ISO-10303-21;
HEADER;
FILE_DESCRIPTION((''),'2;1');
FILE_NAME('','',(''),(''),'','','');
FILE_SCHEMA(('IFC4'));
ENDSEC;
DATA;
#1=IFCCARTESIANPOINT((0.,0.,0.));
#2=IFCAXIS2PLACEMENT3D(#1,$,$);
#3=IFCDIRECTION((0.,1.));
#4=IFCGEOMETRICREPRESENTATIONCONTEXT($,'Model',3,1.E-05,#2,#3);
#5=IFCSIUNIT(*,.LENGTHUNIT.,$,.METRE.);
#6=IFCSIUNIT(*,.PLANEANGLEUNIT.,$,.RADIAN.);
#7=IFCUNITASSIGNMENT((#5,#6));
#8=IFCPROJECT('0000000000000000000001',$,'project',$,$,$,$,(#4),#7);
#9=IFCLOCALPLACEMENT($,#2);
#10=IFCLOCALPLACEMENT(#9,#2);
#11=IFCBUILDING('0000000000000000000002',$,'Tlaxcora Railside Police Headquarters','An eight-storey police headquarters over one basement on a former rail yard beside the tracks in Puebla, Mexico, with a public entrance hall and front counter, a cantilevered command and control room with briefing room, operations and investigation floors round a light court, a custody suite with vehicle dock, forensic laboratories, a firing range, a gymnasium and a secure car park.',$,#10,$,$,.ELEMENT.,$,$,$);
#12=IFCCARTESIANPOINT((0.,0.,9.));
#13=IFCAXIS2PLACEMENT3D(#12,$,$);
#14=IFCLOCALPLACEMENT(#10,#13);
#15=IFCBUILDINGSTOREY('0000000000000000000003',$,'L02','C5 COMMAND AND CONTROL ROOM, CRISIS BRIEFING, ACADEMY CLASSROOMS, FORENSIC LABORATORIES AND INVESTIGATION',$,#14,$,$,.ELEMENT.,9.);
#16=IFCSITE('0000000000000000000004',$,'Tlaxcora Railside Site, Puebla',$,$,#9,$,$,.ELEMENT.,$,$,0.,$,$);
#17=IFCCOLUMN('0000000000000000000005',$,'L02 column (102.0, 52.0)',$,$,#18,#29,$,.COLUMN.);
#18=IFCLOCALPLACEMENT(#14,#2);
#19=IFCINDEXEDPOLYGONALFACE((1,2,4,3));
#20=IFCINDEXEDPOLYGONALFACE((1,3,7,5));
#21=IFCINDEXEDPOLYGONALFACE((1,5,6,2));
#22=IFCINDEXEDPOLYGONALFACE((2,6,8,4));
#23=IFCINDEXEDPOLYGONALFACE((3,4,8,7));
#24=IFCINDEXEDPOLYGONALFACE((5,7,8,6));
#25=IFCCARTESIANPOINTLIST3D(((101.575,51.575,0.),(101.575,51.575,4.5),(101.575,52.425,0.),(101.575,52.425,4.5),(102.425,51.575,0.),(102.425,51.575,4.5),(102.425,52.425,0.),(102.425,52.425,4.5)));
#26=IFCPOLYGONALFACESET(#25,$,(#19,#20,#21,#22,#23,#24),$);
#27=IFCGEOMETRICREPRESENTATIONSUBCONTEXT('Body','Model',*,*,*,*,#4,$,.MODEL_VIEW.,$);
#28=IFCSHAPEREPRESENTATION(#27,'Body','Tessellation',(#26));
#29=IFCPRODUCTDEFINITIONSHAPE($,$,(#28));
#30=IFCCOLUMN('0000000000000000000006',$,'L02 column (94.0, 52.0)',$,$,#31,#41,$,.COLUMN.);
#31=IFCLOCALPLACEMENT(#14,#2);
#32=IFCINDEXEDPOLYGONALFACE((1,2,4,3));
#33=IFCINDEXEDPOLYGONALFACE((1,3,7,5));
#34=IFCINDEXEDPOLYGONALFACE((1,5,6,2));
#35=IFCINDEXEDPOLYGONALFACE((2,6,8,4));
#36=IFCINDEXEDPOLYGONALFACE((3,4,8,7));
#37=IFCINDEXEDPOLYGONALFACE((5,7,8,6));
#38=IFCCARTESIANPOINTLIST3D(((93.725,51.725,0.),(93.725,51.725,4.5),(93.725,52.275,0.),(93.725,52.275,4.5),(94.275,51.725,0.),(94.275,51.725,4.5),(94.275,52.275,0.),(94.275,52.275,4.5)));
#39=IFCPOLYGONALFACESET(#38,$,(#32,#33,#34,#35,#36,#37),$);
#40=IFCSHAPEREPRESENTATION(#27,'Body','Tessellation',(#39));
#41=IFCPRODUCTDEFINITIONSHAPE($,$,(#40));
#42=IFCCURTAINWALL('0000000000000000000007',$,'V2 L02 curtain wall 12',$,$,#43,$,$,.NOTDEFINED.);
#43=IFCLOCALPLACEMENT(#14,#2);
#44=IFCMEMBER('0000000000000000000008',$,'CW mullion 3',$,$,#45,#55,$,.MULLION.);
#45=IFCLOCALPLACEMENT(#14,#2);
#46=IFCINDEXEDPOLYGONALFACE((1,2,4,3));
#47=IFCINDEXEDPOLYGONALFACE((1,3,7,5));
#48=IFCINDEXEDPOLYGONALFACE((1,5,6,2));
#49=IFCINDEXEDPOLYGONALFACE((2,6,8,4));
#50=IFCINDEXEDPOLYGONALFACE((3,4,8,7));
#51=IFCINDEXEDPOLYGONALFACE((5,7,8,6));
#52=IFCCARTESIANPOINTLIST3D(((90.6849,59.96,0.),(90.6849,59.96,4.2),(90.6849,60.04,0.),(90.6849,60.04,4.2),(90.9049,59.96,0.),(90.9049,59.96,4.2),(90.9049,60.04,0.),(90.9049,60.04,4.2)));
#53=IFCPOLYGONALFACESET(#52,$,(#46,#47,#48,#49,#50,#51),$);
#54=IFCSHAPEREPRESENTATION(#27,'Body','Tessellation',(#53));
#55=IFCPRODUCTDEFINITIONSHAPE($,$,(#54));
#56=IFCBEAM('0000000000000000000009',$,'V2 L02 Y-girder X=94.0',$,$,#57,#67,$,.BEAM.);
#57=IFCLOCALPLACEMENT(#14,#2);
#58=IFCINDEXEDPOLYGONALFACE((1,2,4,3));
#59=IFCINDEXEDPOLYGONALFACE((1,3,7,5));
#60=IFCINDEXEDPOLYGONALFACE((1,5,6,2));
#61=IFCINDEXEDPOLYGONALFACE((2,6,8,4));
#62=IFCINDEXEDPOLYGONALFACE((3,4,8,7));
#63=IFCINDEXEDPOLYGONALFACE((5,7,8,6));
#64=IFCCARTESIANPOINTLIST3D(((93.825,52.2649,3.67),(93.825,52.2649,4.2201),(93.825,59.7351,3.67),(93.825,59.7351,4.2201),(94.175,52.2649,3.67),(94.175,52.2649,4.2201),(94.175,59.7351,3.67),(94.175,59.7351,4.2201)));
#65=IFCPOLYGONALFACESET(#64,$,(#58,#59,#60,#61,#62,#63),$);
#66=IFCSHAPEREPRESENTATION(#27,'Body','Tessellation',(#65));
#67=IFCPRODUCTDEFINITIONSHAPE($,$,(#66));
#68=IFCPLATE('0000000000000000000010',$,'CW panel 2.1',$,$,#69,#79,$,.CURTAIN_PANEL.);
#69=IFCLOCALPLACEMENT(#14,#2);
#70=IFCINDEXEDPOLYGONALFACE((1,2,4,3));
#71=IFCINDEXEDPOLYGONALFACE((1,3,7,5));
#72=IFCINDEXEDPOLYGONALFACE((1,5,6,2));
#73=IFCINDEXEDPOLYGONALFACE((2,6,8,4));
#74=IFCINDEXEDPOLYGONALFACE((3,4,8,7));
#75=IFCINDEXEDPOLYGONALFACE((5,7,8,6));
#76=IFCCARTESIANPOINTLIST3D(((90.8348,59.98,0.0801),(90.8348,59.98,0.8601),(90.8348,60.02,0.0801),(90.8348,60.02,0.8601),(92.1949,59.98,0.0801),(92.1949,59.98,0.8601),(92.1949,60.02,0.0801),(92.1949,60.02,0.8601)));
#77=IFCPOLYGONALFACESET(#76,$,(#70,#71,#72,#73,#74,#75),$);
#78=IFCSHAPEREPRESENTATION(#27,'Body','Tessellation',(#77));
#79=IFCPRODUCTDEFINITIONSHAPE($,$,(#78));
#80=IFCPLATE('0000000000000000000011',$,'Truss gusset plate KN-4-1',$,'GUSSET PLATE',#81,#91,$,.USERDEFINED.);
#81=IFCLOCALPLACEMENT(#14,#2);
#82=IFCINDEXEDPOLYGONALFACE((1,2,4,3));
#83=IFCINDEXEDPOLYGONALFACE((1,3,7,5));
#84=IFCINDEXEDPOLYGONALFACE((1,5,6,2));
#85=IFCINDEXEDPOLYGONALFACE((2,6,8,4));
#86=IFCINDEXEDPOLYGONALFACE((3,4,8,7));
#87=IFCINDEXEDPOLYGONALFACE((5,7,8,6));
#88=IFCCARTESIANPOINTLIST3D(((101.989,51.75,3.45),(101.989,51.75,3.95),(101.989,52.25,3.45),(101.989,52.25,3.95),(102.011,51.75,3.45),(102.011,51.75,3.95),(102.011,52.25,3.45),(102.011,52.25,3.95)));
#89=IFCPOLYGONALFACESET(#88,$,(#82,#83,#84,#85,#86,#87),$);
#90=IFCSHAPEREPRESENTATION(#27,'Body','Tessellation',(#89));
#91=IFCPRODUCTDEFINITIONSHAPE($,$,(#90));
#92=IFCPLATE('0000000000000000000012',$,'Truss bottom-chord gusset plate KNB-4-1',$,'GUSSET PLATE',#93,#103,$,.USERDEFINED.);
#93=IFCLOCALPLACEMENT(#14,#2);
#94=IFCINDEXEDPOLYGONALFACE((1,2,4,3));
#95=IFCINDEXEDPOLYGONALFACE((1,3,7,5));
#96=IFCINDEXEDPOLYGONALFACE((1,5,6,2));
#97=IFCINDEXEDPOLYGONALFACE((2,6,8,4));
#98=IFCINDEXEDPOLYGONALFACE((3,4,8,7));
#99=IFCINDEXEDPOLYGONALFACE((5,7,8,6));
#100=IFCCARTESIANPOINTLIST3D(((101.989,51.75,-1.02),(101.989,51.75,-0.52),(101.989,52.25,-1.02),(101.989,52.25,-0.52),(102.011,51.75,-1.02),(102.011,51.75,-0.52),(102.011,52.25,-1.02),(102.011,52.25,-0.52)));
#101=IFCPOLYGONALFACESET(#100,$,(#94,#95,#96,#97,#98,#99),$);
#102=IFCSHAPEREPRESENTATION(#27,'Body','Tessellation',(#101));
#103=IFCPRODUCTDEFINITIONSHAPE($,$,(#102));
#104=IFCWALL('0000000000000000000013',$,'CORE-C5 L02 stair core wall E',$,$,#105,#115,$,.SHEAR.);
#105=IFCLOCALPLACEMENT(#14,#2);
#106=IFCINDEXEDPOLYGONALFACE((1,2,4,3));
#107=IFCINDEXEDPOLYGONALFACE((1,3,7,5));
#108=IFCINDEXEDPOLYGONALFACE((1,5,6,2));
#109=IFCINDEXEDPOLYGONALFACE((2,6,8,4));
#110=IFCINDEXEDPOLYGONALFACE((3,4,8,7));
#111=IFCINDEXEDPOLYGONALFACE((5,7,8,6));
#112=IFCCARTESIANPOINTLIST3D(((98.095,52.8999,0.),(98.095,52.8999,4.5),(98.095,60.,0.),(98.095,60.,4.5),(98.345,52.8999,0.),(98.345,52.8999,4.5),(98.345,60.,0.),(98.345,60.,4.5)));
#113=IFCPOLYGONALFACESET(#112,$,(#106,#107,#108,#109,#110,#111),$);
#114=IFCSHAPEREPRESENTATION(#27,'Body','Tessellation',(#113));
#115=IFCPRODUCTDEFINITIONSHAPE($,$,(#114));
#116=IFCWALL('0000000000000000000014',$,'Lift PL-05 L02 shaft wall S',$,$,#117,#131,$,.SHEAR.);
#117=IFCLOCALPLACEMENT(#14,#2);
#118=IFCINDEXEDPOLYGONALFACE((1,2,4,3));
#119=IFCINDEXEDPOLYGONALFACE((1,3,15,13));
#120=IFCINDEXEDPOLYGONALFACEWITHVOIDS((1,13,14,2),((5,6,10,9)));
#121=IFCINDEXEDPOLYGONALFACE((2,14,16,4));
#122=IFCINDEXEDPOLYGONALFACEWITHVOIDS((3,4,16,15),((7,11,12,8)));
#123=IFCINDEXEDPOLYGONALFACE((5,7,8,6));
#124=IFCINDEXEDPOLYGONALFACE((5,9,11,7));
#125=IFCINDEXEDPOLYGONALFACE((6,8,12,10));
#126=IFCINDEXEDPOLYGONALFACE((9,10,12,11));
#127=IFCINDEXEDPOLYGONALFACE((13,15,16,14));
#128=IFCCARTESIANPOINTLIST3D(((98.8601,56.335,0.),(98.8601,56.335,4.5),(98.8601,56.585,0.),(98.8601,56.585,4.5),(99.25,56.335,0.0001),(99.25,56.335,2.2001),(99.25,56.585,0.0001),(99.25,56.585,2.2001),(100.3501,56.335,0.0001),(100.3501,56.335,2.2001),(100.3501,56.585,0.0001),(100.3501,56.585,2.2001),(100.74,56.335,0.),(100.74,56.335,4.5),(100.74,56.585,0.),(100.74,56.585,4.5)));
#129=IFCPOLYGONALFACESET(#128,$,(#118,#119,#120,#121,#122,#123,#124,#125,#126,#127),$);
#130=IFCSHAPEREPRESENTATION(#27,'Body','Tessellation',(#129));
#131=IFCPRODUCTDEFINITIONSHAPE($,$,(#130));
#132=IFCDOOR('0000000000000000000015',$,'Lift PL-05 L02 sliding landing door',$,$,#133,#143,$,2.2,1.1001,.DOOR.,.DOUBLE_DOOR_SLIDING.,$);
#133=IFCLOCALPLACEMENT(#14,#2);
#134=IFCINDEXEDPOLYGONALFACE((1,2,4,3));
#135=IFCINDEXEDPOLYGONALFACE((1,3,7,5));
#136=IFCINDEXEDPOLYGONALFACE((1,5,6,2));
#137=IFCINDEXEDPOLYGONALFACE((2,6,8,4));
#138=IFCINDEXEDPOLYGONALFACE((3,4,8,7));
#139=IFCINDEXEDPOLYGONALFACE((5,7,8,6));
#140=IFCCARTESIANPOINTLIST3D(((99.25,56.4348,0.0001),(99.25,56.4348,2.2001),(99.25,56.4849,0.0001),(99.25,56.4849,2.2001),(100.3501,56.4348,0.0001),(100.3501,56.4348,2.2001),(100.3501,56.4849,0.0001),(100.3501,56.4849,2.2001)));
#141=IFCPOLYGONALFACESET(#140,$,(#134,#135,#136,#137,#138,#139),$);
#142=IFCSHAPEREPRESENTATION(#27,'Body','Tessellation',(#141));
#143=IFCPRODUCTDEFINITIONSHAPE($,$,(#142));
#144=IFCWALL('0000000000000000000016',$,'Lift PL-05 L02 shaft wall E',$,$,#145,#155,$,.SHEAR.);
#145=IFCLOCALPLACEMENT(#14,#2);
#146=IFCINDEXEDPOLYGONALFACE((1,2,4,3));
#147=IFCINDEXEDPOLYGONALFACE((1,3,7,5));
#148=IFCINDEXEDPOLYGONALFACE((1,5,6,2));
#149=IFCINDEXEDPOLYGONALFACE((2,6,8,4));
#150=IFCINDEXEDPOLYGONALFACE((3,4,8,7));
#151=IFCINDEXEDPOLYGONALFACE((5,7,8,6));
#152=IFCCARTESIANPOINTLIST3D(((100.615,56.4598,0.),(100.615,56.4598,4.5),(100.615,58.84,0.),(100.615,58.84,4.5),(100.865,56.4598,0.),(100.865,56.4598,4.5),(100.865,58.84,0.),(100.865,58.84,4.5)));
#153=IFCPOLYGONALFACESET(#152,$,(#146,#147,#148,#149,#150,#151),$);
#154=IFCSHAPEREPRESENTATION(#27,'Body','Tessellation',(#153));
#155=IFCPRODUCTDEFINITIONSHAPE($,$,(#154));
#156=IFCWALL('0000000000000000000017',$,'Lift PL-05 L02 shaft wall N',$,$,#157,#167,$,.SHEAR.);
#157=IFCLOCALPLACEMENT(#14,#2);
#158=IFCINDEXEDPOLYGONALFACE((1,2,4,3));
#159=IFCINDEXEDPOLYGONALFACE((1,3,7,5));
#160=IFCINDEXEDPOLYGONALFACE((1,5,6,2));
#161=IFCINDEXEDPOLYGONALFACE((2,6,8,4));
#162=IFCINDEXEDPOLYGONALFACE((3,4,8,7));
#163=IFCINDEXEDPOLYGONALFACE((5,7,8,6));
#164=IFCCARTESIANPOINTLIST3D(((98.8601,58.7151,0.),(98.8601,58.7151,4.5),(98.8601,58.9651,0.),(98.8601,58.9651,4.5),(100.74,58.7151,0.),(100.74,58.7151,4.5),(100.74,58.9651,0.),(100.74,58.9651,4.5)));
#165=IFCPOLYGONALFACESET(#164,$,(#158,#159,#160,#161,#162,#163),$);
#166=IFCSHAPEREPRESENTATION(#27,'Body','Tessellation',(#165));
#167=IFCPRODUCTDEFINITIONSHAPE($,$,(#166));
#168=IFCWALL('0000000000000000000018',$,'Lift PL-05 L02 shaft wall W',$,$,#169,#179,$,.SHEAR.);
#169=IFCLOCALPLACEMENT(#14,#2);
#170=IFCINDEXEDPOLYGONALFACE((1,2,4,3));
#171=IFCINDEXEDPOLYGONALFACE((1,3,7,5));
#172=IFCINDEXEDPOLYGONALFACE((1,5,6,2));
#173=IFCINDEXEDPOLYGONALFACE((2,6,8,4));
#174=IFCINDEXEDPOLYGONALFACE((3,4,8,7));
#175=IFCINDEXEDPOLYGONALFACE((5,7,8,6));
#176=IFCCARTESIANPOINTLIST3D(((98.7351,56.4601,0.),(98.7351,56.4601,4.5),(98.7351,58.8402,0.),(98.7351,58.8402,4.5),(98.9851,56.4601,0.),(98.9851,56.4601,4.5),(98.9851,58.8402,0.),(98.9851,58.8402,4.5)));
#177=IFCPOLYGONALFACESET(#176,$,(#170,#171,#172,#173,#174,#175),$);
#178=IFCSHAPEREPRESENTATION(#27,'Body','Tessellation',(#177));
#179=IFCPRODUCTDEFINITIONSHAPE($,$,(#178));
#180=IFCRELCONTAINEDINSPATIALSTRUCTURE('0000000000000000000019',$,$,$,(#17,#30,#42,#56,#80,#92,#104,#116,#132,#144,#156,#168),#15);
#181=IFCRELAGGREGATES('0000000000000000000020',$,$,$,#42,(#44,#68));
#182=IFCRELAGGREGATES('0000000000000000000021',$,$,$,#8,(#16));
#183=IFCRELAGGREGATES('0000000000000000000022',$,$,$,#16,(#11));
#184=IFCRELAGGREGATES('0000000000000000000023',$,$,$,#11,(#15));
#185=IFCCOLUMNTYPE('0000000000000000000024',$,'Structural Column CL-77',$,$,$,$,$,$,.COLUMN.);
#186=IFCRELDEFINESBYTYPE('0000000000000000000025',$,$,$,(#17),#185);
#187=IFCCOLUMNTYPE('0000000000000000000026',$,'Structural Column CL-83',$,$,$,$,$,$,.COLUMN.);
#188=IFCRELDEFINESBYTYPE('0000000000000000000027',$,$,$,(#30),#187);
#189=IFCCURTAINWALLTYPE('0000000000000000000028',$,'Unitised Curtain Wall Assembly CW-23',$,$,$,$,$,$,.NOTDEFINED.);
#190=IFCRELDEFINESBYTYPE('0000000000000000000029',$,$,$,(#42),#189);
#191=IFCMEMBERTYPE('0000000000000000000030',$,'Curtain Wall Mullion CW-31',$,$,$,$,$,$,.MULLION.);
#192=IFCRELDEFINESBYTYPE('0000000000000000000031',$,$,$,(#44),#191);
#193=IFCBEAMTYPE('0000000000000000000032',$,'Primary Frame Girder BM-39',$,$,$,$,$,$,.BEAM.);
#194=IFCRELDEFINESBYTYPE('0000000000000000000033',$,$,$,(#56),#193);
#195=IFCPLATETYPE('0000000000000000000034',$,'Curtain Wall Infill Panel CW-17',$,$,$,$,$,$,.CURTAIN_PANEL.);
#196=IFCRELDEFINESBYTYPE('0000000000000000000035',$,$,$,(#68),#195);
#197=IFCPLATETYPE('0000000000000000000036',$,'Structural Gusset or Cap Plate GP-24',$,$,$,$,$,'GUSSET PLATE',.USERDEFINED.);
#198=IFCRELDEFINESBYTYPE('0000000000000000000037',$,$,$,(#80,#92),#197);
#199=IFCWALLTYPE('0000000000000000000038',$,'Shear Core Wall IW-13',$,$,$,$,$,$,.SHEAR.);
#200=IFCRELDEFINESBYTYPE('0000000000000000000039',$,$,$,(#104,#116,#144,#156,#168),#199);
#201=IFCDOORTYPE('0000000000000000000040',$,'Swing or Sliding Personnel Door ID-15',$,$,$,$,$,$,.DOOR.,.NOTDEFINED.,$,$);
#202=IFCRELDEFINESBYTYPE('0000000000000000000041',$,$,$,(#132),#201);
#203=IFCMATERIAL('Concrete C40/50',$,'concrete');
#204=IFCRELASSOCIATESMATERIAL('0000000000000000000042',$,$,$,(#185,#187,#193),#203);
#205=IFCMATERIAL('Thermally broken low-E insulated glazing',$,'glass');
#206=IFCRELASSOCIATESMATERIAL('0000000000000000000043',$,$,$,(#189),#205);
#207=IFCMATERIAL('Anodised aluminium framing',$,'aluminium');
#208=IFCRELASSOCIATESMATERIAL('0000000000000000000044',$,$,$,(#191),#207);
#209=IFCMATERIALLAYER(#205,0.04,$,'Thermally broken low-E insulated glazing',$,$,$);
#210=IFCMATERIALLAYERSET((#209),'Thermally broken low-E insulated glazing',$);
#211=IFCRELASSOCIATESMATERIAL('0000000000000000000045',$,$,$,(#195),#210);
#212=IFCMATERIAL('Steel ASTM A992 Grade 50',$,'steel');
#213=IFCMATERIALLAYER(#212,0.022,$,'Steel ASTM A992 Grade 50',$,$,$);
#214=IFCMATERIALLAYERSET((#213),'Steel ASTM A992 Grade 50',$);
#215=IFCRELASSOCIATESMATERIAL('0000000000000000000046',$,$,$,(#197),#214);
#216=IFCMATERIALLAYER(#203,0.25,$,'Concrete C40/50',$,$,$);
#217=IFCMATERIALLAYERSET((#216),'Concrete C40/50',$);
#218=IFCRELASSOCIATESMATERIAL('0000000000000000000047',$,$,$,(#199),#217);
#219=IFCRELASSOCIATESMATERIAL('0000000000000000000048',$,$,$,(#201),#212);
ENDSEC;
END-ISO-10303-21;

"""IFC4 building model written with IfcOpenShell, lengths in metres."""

from ifc_helpers import new_model, si_unit, direction, frame, frame_2d, origin, origin_2d, place, context, subcontext, project, spatial, rectangle, extrude, material, layer, layer_set, material_profile, profile_set, type_object, element, fill, aggregate, save


model = new_model("IFC4")

# Units and contexts
model_context = context("Model", 3, precision=1e-05, world=origin(), true_north=direction((0.0, 1.0)))
body_context = subcontext(model_context, "Body", "Model", "MODEL_VIEW")
ifc_project = project(units=[si_unit("LENGTHUNIT", "METRE"), si_unit("PLANEANGLEUNIT", "RADIAN")], contexts=[model_context])

# Site, building, storey
site_placement = place(None, origin())
site = spatial("IfcSite", under=ifc_project, at=site_placement, Name="Tlaxcora Railside Site, Puebla", CompositionType="ELEMENT", RefElevation=0.0)
building_placement = place(site_placement, origin())
building = spatial("IfcBuilding", under=site, at=building_placement, Name="Tlaxcora Railside Police Headquarters", Description="An eight-storey police headquarters over one basement on a former rail yard beside the tracks in Puebla, Mexico, with a public entrance hall and front counter, a cantilevered command and control room with briefing room, operations and investigation floors round a light court, a custody suite with vehicle dock, forensic laboratories, a firing range, a gymnasium and a secure car park.", CompositionType="ELEMENT")
storey_placement = place(building_placement, frame((0.0, 0.0, 9.0)))
storey = spatial("IfcBuildingStorey", under=building, at=storey_placement, Name="L02", Description="C5 COMMAND AND CONTROL ROOM, CRISIS BRIEFING, ACADEMY CLASSROOMS, FORENSIC LABORATORIES AND INVESTIGATION", CompositionType="ELEMENT", Elevation=9.0)

# Columns
ifc_material_1 = material(Name="Concrete C40/50", Category="concrete")
ifc_material_profile_1 = material_profile(ifc_material_1, rectangle(XDim=0.8501, YDim=0.8501, at=origin_2d()), Name="RC850X850")
ifc_profile_set_1 = profile_set([ifc_material_profile_1], Name="Concrete C40/50")
column_type_1 = type_object("IfcColumnType", Name="Structural Column CL-77", PredefinedType="COLUMN", material=ifc_profile_set_1)
column_1_placement = place(storey_placement, frame((102.0, 52.0, 0.0), z_axis=(0.0, 0.0, 1.0), x_axis=(1.0, 0.0, 0.0)))
element("IfcColumn", 1, at=column_1_placement, inside=storey, type_object=column_type_1, Name="L02 column (102.0, 52.0)", PredefinedType="COLUMN", context=body_context, shape_type="SweptSolid", body=[
    extrude(rectangle(XDim=0.8501, YDim=0.8501, at=origin_2d()), origin(), (0.0, 0.0, 1.0), 4.5),
])
ifc_material_profile_2 = material_profile(ifc_material_1, rectangle(XDim=0.55, YDim=0.55, at=origin_2d()), Name="RC550X550")
ifc_profile_set_2 = profile_set([ifc_material_profile_2], Name="Concrete C40/50")
column_type_2 = type_object("IfcColumnType", Name="Structural Column CL-83", PredefinedType="COLUMN", material=ifc_profile_set_2)
column_2_placement = place(storey_placement, frame((94.0, 52.0, 0.0), z_axis=(0.0, 0.0, 1.0), x_axis=(1.0, 0.0, 0.0)))
element("IfcColumn", 2, at=column_2_placement, inside=storey, type_object=column_type_2, Name="L02 column (94.0, 52.0)", PredefinedType="COLUMN", context=body_context, shape_type="SweptSolid", body=[
    extrude(rectangle(XDim=0.55, YDim=0.55, at=origin_2d()), origin(), (0.0, 0.0, 1.0), 4.5),
])

# Curtain wall, member
ifc_material_2 = material(Name="Thermally broken low-E insulated glazing", Category="glass")
curtain_wall_type = type_object("IfcCurtainWallType", Name="Unitised Curtain Wall Assembly CW-23", PredefinedType="NOTDEFINED", material=ifc_material_2)
curtain_wall_placement = place(storey_placement, origin())
curtain_wall = element("IfcCurtainWall", 3, at=curtain_wall_placement, inside=storey, type_object=curtain_wall_type, Name="V2 L02 curtain wall 12", PredefinedType="NOTDEFINED")
ifc_material_3 = material(Name="Anodised aluminium framing", Category="aluminium")
ifc_material_profile_3 = material_profile(ifc_material_3, rectangle(XDim=0.0801, YDim=0.22, at=origin_2d()), Name="AL80X220")
ifc_profile_set_3 = profile_set([ifc_material_profile_3], Name="Anodised aluminium framing")
member_type = type_object("IfcMemberType", Name="Curtain Wall Mullion CW-31", PredefinedType="MULLION", material=ifc_profile_set_3)
member_placement = place(storey_placement, frame((90.7949, 60.0, 0.0), z_axis=(0.0, 0.0, 1.0), x_axis=(0.0, -1.0, 0.0)))
member = element("IfcMember", 4, at=member_placement, type_object=member_type, Name="CW mullion 3", PredefinedType="MULLION", context=body_context, shape_type="SweptSolid", body=[
    extrude(rectangle(XDim=0.0801, YDim=0.22, at=origin_2d()), origin(), (0.0, 0.0, 1.0), 4.2),
])

# Beam
ifc_material_profile_4 = material_profile(ifc_material_1, rectangle(XDim=0.3501, YDim=0.55, at=origin_2d()), Name="RC350X550")
ifc_profile_set_4 = profile_set([ifc_material_profile_4], Name="Concrete C40/50")
beam_type = type_object("IfcBeamType", Name="Primary Frame Girder BM-39", PredefinedType="BEAM", material=ifc_profile_set_4)
beam_placement = place(storey_placement, frame((94.0, 52.2649, 3.9451), z_axis=(0.0, 1.0, 0.0), x_axis=(-1.0, 0.0, 0.0)))
element("IfcBeam", 5, at=beam_placement, inside=storey, type_object=beam_type, Name="V2 L02 Y-girder X=94.0", PredefinedType="BEAM", context=body_context, shape_type="SweptSolid", body=[
    extrude(rectangle(XDim=0.3501, YDim=0.55, at=origin_2d()), origin(), (0.0, 0.0, 1.0), 7.4702),
])

# Plate
ifc_layer_1 = layer(ifc_material_2, 0.04, Name="Thermally broken low-E insulated glazing")
ifc_layer_set_1 = layer_set([ifc_layer_1], Name="Thermally broken low-E insulated glazing")
plate_type_1 = type_object("IfcPlateType", Name="Curtain Wall Infill Panel CW-17", PredefinedType="CURTAIN_PANEL", material=ifc_layer_set_1)
plate_placement = place(storey_placement, frame((91.5149, 60.0, 0.0801), z_axis=(0.0, 0.0, 1.0), x_axis=(-1.0, 0.0, 0.0)))
plate = element("IfcPlate", 6, at=plate_placement, type_object=plate_type_1, Name="CW panel 2.1", PredefinedType="CURTAIN_PANEL", context=body_context, shape_type="SweptSolid", body=[
    extrude(rectangle(XDim=1.3601, YDim=0.04, at=origin_2d()), origin(), (0.0, 0.0, 1.0), 0.78),
])
aggregate(curtain_wall, [member, plate])

# Plates
ifc_material_4 = material(Name="Steel ASTM A992 Grade 50", Category="steel")
ifc_layer_2 = layer(ifc_material_4, 0.022, Name="Steel ASTM A992 Grade 50")
ifc_layer_set_2 = layer_set([ifc_layer_2], Name="Steel ASTM A992 Grade 50")
plate_type_2 = type_object("IfcPlateType", Name="Structural Gusset or Cap Plate GP-24", ElementType="GUSSET PLATE", PredefinedType="USERDEFINED", material=ifc_layer_set_2)
for number, where, z_axis, x_axis, name in (
    (7, (102.0, 52.0, 3.45), (0.0, 0.0, 1.0), (0.0, 1.0, 0.0), "Truss gusset plate KN-4-1"),
    (8, (102.0, 52.0, -1.02), (0.0, 0.0, 1.0), (0.0, 1.0, 0.0), "Truss bottom-chord gusset plate KNB-4-1"),
):
    element("IfcPlate", number, at=place(storey_placement, frame(where, z_axis=z_axis, x_axis=x_axis)), inside=storey, type_object=plate_type_2, Name=name, ObjectType="GUSSET PLATE", PredefinedType="USERDEFINED", context=body_context, shape_type="SweptSolid", body=[
        extrude(rectangle(XDim=0.5, YDim=0.022, at=origin_2d()), origin(), (0.0, 0.0, 1.0), 0.5),
    ])

# Shared definitions
ifc_layer_3 = layer(ifc_material_1, 0.25, Name="Concrete C40/50")
ifc_layer_set_3 = layer_set([ifc_layer_3], Name="Concrete C40/50")
wall_type_1 = type_object("IfcWallType", Name="Shear Core Wall IW-13", PredefinedType="SHEAR", material=ifc_layer_set_3)

# Wall
wall_1_placement = place(storey_placement, frame((98.22, 52.8999, 0.0), z_axis=(0.0, 0.0, 1.0), x_axis=(0.0, 1.0, 0.0)))
element("IfcWall", 9, at=wall_1_placement, inside=storey, type_object=wall_type_1, Name="CORE-C5 L02 stair core wall E", PredefinedType="SHEAR", context=body_context, shape_type="SweptSolid", body=[
    extrude(rectangle(XDim=7.1001, YDim=0.25, at=frame_2d((3.55, 0.0))), origin(), (0.0, 0.0, 1.0), 4.5),
])

# Wall, opening, door
wall_2_placement = place(storey_placement, frame((98.8601, 56.46, 0.0), z_axis=(0.0, 0.0, 1.0), x_axis=(1.0, 0.0, 0.0)))
wall_2 = element("IfcWall", 10, at=wall_2_placement, inside=storey, type_object=wall_type_1, Name="Lift PL-05 L02 shaft wall S", PredefinedType="SHEAR", context=body_context, shape_type="SweptSolid", body=[
    extrude(rectangle(XDim=1.8799, YDim=0.25, at=frame_2d((0.9399, 0.0))), origin(), (0.0, 0.0, 1.0), 4.5),
])
opening_1_placement = place(wall_2_placement, frame((0.3899, 0.0, 0.0)))
opening_1 = element("IfcOpeningElement", 11, at=opening_1_placement, cuts=wall_2, PredefinedType="OPENING", context=body_context, shape_type="SweptSolid", body=[
    extrude(rectangle(XDim=1.1001, YDim=2.2, at=frame_2d((0.55, 1.1001))), frame((0.0, 0.135, 0.0), z_axis=(0.0, -1.0, 0.0), x_axis=(1.0, 0.0, 0.0)), (0.0, 0.0, 1.0), 0.27),
])
door_type_1 = type_object("IfcDoorType", Name="Swing or Sliding Personnel Door ID-15", OperationType="NOTDEFINED", PredefinedType="DOOR", material=ifc_material_4)
door_1_placement = place(opening_1_placement, origin())
door_1 = element("IfcDoor", 12, at=door_1_placement, inside=storey, type_object=door_type_1, Name="Lift PL-05 L02 sliding landing door", OperationType="DOUBLE_DOOR_SLIDING", OverallHeight=2.2, OverallWidth=1.1001, PredefinedType="DOOR", context=body_context, shape_type="SweptSolid", body=[
    extrude(rectangle(XDim=1.1001, YDim=2.2, at=frame_2d((0.55, 1.1001))), frame((0.0, 0.0249, 0.0), z_axis=(0.0, -1.0, 0.0), x_axis=(1.0, 0.0, 0.0)), (0.0, 0.0, 1.0), 0.05),
])
fill(opening_1, door_1)

# Walls
wall_3_placement = place(storey_placement, frame((100.74, 56.46, 0.0), z_axis=(0.0, 0.0, 1.0), x_axis=(0.0, 1.0, 0.0)))
element("IfcWall", 13, at=wall_3_placement, inside=storey, type_object=wall_type_1, Name="Lift PL-05 L02 shaft wall E", PredefinedType="SHEAR", context=body_context, shape_type="SweptSolid", body=[
    extrude(rectangle(XDim=2.3801, YDim=0.25, at=frame_2d((1.1899, 0.0))), origin(), (0.0, 0.0, 1.0), 4.5),
])
wall_4_placement = place(storey_placement, frame((100.74, 58.8401, 0.0), z_axis=(0.0, 0.0, 1.0), x_axis=(-1.0, 0.0, 0.0)))
element("IfcWall", 14, at=wall_4_placement, inside=storey, type_object=wall_type_1, Name="Lift PL-05 L02 shaft wall N", PredefinedType="SHEAR", context=body_context, shape_type="SweptSolid", body=[
    extrude(rectangle(XDim=1.8799, YDim=0.25, at=frame_2d((0.9399, 0.0))), origin(), (0.0, 0.0, 1.0), 4.5),
])
wall_5_placement = place(storey_placement, frame((98.8601, 58.8401, 0.0), z_axis=(0.0, 0.0, 1.0), x_axis=(0.0, -1.0, 0.0)))
element("IfcWall", 15, at=wall_5_placement, inside=storey, type_object=wall_type_1, Name="Lift PL-05 L02 shaft wall W", PredefinedType="SHEAR", context=body_context, shape_type="SweptSolid", body=[
    extrude(rectangle(XDim=2.3801, YDim=0.25, at=frame_2d((1.1899, 0.0))), origin(), (0.0, 0.0, 1.0), 4.5),
])

save(model, "model.ifc")
